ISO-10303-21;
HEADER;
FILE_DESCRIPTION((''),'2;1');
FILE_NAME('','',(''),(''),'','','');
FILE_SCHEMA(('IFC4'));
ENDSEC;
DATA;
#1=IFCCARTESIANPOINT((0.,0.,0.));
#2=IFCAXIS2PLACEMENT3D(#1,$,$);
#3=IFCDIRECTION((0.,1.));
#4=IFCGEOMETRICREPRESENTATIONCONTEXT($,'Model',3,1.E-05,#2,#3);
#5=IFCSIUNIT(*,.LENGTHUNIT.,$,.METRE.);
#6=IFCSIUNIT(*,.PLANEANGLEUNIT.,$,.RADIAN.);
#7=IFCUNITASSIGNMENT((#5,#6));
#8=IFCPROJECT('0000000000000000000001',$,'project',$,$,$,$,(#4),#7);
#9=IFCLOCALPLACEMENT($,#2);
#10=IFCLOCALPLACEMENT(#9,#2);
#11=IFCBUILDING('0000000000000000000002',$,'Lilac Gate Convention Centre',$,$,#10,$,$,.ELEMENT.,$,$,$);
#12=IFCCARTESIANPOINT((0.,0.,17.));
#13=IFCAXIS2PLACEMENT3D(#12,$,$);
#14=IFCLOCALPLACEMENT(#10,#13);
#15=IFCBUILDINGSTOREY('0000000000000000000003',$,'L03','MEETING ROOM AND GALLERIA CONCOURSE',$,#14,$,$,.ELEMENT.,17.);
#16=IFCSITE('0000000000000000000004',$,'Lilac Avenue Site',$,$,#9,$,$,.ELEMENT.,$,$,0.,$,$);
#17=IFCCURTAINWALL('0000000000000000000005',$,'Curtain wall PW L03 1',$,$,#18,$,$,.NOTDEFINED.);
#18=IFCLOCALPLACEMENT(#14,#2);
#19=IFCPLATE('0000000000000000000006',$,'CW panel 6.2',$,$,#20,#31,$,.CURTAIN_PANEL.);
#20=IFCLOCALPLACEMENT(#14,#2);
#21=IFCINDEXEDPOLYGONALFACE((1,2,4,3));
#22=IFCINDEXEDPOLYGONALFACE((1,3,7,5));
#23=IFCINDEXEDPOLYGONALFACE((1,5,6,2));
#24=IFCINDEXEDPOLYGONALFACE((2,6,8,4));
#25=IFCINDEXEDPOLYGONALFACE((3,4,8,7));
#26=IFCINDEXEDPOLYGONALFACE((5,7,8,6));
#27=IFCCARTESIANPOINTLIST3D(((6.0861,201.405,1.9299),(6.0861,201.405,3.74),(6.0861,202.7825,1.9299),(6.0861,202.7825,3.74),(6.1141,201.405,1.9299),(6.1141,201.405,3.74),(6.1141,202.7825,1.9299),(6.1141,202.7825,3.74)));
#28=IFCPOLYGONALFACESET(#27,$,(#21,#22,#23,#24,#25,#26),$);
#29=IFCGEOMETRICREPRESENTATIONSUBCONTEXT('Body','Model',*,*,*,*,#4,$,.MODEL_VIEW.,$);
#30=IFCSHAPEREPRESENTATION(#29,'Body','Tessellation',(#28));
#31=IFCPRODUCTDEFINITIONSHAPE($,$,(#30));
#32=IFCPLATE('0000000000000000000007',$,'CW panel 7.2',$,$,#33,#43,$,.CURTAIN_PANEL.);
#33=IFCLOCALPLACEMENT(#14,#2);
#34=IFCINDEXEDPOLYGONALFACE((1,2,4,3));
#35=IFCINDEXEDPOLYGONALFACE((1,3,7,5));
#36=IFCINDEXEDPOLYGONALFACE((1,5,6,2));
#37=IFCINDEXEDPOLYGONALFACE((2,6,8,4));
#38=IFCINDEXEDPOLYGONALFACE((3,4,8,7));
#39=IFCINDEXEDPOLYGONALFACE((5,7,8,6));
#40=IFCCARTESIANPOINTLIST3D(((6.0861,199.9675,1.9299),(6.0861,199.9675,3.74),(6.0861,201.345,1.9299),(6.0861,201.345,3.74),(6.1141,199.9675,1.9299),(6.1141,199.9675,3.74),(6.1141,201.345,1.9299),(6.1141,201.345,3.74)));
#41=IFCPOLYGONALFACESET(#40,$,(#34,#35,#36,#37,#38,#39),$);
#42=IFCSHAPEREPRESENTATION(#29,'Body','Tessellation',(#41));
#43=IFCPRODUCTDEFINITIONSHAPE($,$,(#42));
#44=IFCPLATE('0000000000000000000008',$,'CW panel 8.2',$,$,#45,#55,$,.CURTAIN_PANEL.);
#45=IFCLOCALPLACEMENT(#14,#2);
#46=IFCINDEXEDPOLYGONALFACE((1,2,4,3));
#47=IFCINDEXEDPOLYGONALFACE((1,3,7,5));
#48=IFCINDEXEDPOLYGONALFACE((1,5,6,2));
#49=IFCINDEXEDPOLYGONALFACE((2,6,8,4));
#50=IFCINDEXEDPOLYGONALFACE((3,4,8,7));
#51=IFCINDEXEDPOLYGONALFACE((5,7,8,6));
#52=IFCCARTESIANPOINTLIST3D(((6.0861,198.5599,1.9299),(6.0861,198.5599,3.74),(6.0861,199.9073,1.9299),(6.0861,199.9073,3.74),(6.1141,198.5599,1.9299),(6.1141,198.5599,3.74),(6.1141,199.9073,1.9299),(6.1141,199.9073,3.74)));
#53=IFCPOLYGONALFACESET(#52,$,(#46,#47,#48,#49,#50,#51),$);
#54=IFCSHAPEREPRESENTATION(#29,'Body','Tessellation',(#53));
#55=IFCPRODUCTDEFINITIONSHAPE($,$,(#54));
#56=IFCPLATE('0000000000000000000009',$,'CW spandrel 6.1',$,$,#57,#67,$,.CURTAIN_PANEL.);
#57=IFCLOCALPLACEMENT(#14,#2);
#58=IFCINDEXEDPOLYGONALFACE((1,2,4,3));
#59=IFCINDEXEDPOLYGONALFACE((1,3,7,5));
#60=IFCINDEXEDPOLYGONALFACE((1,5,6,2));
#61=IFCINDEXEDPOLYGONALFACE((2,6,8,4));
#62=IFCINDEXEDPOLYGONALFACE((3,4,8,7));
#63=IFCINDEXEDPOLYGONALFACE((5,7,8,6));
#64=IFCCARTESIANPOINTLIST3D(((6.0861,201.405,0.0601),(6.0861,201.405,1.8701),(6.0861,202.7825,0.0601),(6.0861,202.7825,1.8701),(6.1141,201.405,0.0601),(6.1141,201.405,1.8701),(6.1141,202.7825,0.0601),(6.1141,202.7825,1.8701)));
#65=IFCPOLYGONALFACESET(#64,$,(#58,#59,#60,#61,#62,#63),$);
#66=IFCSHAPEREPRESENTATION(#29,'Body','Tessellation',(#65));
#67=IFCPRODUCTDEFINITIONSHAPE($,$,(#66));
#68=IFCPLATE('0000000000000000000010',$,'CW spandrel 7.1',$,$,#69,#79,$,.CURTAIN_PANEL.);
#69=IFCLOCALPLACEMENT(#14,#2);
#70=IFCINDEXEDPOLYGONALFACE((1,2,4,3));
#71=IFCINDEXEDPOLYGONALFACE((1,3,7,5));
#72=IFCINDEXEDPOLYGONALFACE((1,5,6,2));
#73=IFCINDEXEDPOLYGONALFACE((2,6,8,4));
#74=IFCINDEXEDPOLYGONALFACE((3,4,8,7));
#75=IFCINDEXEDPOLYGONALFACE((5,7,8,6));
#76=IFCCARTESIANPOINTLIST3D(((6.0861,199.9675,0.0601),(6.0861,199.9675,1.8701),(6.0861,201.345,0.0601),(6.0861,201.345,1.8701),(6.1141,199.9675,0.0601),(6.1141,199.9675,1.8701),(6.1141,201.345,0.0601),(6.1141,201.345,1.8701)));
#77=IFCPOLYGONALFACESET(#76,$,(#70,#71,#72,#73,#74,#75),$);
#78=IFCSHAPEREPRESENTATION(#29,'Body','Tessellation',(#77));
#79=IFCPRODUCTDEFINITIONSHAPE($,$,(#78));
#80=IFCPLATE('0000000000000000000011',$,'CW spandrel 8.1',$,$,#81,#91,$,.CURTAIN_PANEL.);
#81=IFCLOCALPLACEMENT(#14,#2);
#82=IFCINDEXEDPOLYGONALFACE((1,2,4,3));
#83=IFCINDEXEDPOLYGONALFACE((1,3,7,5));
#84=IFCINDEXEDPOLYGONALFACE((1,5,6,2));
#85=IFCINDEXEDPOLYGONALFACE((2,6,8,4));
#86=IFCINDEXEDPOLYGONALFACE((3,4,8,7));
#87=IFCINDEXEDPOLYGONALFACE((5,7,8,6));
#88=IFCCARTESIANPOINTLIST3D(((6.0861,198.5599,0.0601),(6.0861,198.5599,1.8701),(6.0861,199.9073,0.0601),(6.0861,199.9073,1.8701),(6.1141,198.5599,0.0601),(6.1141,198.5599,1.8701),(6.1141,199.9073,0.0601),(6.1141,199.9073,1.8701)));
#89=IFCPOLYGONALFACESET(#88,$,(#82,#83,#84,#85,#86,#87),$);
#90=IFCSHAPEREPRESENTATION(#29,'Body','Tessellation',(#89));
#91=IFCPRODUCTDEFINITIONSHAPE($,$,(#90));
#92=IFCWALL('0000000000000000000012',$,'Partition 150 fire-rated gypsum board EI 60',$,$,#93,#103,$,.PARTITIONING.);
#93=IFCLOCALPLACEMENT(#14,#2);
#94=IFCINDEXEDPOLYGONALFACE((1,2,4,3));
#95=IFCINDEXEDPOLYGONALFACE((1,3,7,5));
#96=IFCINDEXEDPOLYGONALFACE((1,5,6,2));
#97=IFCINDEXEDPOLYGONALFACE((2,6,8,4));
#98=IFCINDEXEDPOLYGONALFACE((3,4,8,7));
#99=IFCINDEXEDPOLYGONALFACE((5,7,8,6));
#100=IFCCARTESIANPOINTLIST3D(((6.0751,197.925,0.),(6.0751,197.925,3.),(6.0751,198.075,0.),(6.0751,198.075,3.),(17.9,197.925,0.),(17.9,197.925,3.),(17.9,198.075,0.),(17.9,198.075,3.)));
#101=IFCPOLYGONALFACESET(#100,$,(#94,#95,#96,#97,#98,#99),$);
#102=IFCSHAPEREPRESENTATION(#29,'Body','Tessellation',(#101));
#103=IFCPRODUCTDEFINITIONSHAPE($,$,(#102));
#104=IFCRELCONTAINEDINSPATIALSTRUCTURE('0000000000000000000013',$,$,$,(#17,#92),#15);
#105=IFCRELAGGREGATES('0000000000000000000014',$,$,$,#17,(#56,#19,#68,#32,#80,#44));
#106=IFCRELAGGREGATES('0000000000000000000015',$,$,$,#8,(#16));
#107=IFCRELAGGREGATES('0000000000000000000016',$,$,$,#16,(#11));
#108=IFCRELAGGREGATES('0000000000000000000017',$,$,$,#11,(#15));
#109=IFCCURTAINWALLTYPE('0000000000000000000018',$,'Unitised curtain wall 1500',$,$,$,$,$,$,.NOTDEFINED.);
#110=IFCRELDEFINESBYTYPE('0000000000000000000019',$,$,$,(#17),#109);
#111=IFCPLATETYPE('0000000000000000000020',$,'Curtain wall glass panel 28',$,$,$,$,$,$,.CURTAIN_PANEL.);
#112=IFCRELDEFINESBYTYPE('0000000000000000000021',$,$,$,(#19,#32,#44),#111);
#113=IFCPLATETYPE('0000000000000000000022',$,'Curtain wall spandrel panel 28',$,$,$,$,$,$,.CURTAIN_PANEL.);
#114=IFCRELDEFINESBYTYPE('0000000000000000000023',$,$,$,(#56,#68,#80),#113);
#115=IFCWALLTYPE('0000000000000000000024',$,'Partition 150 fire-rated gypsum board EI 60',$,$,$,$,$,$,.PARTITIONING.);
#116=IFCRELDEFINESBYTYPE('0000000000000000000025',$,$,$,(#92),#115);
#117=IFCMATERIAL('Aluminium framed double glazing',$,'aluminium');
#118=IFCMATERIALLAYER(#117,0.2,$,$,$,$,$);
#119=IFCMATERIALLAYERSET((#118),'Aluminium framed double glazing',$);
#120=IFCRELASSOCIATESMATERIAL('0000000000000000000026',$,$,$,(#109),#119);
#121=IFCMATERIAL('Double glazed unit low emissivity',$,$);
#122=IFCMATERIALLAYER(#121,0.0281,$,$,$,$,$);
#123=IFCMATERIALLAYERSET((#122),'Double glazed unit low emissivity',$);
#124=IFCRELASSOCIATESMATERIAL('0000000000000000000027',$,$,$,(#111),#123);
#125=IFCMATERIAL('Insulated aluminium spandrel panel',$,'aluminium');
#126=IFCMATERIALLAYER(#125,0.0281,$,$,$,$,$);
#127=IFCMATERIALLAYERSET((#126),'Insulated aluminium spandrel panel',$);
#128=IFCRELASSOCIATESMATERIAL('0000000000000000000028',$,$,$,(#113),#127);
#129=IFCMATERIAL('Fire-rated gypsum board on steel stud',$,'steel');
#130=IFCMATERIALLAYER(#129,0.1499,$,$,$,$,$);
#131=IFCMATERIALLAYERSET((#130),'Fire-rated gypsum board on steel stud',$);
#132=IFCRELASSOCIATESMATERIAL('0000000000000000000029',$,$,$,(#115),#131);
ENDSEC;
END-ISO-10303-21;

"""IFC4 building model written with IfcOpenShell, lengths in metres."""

from ifc_helpers import new_model, si_unit, direction, frame, frame_2d, origin, origin_2d, place, context, subcontext, project, spatial, rectangle, extrude, material, layer, layer_set, type_object, element, aggregate, save


model = new_model("IFC4")

# Units and contexts
model_context = context("Model", 3, precision=1e-05, world=origin(), true_north=direction((0.0, 1.0)))
body_context = subcontext(model_context, "Body", "Model", "MODEL_VIEW")
ifc_project = project(units=[si_unit("LENGTHUNIT", "METRE"), si_unit("PLANEANGLEUNIT", "RADIAN")], contexts=[model_context])

# Site, building, storey
site_placement = place(None, origin())
site = spatial("IfcSite", under=ifc_project, at=site_placement, Name="Lilac Avenue Site", CompositionType="ELEMENT", RefElevation=0.0)
building_placement = place(site_placement, origin())
building = spatial("IfcBuilding", under=site, at=building_placement, Name="Lilac Gate Convention Centre", CompositionType="ELEMENT")
storey_placement = place(building_placement, frame((0.0, 0.0, 17.0)))
storey = spatial("IfcBuildingStorey", under=building, at=storey_placement, Name="L03", Description="MEETING ROOM AND GALLERIA CONCOURSE", CompositionType="ELEMENT", Elevation=17.0)

# Curtain wall
ifc_material_1 = material(Name="Aluminium framed double glazing", Category="aluminium")
ifc_layer_1 = layer(ifc_material_1, 0.2)
ifc_layer_set_1 = layer_set([ifc_layer_1], Name="Aluminium framed double glazing")
curtain_wall_type = type_object("IfcCurtainWallType", Name="Unitised curtain wall 1500", PredefinedType="NOTDEFINED", material=ifc_layer_set_1)
curtain_wall_placement = place(storey_placement, origin())
curtain_wall = element("IfcCurtainWall", 1, at=curtain_wall_placement, inside=storey, type_object=curtain_wall_type, Name="Curtain wall PW L03 1", PredefinedType="NOTDEFINED")

# Plates
ifc_material_2 = material(Name="Double glazed unit low emissivity")
ifc_layer_2 = layer(ifc_material_2, 0.0281)
ifc_layer_set_2 = layer_set([ifc_layer_2], Name="Double glazed unit low emissivity")
plate_type_1 = type_object("IfcPlateType", Name="Curtain wall glass panel 28", PredefinedType="CURTAIN_PANEL", material=ifc_layer_set_2)
plate_1_placement = place(storey_placement, frame((6.1001, 202.0938, 1.9299), z_axis=(0.0, 0.0, 1.0), x_axis=(0.0, -1.0, 0.0)))
plate_1 = element("IfcPlate", 2, at=plate_1_placement, type_object=plate_type_1, Name="CW panel 6.2", PredefinedType="CURTAIN_PANEL", context=body_context, shape_type="SweptSolid", body=[
    extrude(rectangle(XDim=1.3774, YDim=0.0281, at=origin_2d()), origin(), (0.0, 0.0, 1.0), 1.8101),
])
plate_2_placement = place(storey_placement, frame((6.1001, 200.6562, 1.9299), z_axis=(0.0, 0.0, 1.0), x_axis=(0.0, -1.0, 0.0)))
plate_2 = element("IfcPlate", 3, at=plate_2_placement, type_object=plate_type_1, Name="CW panel 7.2", PredefinedType="CURTAIN_PANEL", context=body_context, shape_type="SweptSolid", body=[
    extrude(rectangle(XDim=1.3774, YDim=0.0281, at=origin_2d()), origin(), (0.0, 0.0, 1.0), 1.8101),
])
plate_3_placement = place(storey_placement, frame((6.1001, 199.2336, 1.9299), z_axis=(0.0, 0.0, 1.0), x_axis=(0.0, -1.0, 0.0)))
plate_3 = element("IfcPlate", 4, at=plate_3_placement, type_object=plate_type_1, Name="CW panel 8.2", PredefinedType="CURTAIN_PANEL", context=body_context, shape_type="SweptSolid", body=[
    extrude(rectangle(XDim=1.3474, YDim=0.0281, at=origin_2d()), origin(), (0.0, 0.0, 1.0), 1.8101),
])
ifc_material_3 = material(Name="Insulated aluminium spandrel panel", Category="aluminium")
ifc_layer_3 = layer(ifc_material_3, 0.0281)
ifc_layer_set_3 = layer_set([ifc_layer_3], Name="Insulated aluminium spandrel panel")
plate_type_2 = type_object("IfcPlateType", Name="Curtain wall spandrel panel 28", PredefinedType="CURTAIN_PANEL", material=ifc_layer_set_3)
plate_4_placement = place(storey_placement, frame((6.1001, 202.0938, 0.0601), z_axis=(0.0, 0.0, 1.0), x_axis=(0.0, -1.0, 0.0)))
plate_4 = element("IfcPlate", 5, at=plate_4_placement, type_object=plate_type_2, Name="CW spandrel 6.1", PredefinedType="CURTAIN_PANEL", context=body_context, shape_type="SweptSolid", body=[
    extrude(rectangle(XDim=1.3774, YDim=0.0281, at=origin_2d()), origin(), (0.0, 0.0, 1.0), 1.8101),
])
plate_5_placement = place(storey_placement, frame((6.1001, 200.6562, 0.0601), z_axis=(0.0, 0.0, 1.0), x_axis=(0.0, -1.0, 0.0)))
plate_5 = element("IfcPlate", 6, at=plate_5_placement, type_object=plate_type_2, Name="CW spandrel 7.1", PredefinedType="CURTAIN_PANEL", context=body_context, shape_type="SweptSolid", body=[
    extrude(rectangle(XDim=1.3774, YDim=0.0281, at=origin_2d()), origin(), (0.0, 0.0, 1.0), 1.8101),
])
plate_6_placement = place(storey_placement, frame((6.1001, 199.2336, 0.0601), z_axis=(0.0, 0.0, 1.0), x_axis=(0.0, -1.0, 0.0)))
plate_6 = element("IfcPlate", 7, at=plate_6_placement, type_object=plate_type_2, Name="CW spandrel 8.1", PredefinedType="CURTAIN_PANEL", context=body_context, shape_type="SweptSolid", body=[
    extrude(rectangle(XDim=1.3474, YDim=0.0281, at=origin_2d()), origin(), (0.0, 0.0, 1.0), 1.8101),
])
aggregate(curtain_wall, [plate_4, plate_1, plate_5, plate_2, plate_6, plate_3])

# Wall
ifc_material_4 = material(Name="Fire-rated gypsum board on steel stud", Category="steel")
ifc_layer_4 = layer(ifc_material_4, 0.1499)
ifc_layer_set_4 = layer_set([ifc_layer_4], Name="Fire-rated gypsum board on steel stud")
wall_type = type_object("IfcWallType", Name="Partition 150 fire-rated gypsum board EI 60", PredefinedType="PARTITIONING", material=ifc_layer_set_4)
wall_placement = place(storey_placement, frame((6.075, 198.0, 0.0), z_axis=(0.0, 0.0, 1.0), x_axis=(1.0, 0.0, 0.0)))
element("IfcWall", 8, at=wall_placement, inside=storey, type_object=wall_type, Name="Partition 150 fire-rated gypsum board EI 60", PredefinedType="PARTITIONING", context=body_context, shape_type="SweptSolid", body=[
    extrude(rectangle(XDim=11.825, YDim=0.1499, at=frame_2d((5.9126, 0.0))), origin(), (0.0, 0.0, 1.0), 3.0),
])

save(model, "model.ifc")
